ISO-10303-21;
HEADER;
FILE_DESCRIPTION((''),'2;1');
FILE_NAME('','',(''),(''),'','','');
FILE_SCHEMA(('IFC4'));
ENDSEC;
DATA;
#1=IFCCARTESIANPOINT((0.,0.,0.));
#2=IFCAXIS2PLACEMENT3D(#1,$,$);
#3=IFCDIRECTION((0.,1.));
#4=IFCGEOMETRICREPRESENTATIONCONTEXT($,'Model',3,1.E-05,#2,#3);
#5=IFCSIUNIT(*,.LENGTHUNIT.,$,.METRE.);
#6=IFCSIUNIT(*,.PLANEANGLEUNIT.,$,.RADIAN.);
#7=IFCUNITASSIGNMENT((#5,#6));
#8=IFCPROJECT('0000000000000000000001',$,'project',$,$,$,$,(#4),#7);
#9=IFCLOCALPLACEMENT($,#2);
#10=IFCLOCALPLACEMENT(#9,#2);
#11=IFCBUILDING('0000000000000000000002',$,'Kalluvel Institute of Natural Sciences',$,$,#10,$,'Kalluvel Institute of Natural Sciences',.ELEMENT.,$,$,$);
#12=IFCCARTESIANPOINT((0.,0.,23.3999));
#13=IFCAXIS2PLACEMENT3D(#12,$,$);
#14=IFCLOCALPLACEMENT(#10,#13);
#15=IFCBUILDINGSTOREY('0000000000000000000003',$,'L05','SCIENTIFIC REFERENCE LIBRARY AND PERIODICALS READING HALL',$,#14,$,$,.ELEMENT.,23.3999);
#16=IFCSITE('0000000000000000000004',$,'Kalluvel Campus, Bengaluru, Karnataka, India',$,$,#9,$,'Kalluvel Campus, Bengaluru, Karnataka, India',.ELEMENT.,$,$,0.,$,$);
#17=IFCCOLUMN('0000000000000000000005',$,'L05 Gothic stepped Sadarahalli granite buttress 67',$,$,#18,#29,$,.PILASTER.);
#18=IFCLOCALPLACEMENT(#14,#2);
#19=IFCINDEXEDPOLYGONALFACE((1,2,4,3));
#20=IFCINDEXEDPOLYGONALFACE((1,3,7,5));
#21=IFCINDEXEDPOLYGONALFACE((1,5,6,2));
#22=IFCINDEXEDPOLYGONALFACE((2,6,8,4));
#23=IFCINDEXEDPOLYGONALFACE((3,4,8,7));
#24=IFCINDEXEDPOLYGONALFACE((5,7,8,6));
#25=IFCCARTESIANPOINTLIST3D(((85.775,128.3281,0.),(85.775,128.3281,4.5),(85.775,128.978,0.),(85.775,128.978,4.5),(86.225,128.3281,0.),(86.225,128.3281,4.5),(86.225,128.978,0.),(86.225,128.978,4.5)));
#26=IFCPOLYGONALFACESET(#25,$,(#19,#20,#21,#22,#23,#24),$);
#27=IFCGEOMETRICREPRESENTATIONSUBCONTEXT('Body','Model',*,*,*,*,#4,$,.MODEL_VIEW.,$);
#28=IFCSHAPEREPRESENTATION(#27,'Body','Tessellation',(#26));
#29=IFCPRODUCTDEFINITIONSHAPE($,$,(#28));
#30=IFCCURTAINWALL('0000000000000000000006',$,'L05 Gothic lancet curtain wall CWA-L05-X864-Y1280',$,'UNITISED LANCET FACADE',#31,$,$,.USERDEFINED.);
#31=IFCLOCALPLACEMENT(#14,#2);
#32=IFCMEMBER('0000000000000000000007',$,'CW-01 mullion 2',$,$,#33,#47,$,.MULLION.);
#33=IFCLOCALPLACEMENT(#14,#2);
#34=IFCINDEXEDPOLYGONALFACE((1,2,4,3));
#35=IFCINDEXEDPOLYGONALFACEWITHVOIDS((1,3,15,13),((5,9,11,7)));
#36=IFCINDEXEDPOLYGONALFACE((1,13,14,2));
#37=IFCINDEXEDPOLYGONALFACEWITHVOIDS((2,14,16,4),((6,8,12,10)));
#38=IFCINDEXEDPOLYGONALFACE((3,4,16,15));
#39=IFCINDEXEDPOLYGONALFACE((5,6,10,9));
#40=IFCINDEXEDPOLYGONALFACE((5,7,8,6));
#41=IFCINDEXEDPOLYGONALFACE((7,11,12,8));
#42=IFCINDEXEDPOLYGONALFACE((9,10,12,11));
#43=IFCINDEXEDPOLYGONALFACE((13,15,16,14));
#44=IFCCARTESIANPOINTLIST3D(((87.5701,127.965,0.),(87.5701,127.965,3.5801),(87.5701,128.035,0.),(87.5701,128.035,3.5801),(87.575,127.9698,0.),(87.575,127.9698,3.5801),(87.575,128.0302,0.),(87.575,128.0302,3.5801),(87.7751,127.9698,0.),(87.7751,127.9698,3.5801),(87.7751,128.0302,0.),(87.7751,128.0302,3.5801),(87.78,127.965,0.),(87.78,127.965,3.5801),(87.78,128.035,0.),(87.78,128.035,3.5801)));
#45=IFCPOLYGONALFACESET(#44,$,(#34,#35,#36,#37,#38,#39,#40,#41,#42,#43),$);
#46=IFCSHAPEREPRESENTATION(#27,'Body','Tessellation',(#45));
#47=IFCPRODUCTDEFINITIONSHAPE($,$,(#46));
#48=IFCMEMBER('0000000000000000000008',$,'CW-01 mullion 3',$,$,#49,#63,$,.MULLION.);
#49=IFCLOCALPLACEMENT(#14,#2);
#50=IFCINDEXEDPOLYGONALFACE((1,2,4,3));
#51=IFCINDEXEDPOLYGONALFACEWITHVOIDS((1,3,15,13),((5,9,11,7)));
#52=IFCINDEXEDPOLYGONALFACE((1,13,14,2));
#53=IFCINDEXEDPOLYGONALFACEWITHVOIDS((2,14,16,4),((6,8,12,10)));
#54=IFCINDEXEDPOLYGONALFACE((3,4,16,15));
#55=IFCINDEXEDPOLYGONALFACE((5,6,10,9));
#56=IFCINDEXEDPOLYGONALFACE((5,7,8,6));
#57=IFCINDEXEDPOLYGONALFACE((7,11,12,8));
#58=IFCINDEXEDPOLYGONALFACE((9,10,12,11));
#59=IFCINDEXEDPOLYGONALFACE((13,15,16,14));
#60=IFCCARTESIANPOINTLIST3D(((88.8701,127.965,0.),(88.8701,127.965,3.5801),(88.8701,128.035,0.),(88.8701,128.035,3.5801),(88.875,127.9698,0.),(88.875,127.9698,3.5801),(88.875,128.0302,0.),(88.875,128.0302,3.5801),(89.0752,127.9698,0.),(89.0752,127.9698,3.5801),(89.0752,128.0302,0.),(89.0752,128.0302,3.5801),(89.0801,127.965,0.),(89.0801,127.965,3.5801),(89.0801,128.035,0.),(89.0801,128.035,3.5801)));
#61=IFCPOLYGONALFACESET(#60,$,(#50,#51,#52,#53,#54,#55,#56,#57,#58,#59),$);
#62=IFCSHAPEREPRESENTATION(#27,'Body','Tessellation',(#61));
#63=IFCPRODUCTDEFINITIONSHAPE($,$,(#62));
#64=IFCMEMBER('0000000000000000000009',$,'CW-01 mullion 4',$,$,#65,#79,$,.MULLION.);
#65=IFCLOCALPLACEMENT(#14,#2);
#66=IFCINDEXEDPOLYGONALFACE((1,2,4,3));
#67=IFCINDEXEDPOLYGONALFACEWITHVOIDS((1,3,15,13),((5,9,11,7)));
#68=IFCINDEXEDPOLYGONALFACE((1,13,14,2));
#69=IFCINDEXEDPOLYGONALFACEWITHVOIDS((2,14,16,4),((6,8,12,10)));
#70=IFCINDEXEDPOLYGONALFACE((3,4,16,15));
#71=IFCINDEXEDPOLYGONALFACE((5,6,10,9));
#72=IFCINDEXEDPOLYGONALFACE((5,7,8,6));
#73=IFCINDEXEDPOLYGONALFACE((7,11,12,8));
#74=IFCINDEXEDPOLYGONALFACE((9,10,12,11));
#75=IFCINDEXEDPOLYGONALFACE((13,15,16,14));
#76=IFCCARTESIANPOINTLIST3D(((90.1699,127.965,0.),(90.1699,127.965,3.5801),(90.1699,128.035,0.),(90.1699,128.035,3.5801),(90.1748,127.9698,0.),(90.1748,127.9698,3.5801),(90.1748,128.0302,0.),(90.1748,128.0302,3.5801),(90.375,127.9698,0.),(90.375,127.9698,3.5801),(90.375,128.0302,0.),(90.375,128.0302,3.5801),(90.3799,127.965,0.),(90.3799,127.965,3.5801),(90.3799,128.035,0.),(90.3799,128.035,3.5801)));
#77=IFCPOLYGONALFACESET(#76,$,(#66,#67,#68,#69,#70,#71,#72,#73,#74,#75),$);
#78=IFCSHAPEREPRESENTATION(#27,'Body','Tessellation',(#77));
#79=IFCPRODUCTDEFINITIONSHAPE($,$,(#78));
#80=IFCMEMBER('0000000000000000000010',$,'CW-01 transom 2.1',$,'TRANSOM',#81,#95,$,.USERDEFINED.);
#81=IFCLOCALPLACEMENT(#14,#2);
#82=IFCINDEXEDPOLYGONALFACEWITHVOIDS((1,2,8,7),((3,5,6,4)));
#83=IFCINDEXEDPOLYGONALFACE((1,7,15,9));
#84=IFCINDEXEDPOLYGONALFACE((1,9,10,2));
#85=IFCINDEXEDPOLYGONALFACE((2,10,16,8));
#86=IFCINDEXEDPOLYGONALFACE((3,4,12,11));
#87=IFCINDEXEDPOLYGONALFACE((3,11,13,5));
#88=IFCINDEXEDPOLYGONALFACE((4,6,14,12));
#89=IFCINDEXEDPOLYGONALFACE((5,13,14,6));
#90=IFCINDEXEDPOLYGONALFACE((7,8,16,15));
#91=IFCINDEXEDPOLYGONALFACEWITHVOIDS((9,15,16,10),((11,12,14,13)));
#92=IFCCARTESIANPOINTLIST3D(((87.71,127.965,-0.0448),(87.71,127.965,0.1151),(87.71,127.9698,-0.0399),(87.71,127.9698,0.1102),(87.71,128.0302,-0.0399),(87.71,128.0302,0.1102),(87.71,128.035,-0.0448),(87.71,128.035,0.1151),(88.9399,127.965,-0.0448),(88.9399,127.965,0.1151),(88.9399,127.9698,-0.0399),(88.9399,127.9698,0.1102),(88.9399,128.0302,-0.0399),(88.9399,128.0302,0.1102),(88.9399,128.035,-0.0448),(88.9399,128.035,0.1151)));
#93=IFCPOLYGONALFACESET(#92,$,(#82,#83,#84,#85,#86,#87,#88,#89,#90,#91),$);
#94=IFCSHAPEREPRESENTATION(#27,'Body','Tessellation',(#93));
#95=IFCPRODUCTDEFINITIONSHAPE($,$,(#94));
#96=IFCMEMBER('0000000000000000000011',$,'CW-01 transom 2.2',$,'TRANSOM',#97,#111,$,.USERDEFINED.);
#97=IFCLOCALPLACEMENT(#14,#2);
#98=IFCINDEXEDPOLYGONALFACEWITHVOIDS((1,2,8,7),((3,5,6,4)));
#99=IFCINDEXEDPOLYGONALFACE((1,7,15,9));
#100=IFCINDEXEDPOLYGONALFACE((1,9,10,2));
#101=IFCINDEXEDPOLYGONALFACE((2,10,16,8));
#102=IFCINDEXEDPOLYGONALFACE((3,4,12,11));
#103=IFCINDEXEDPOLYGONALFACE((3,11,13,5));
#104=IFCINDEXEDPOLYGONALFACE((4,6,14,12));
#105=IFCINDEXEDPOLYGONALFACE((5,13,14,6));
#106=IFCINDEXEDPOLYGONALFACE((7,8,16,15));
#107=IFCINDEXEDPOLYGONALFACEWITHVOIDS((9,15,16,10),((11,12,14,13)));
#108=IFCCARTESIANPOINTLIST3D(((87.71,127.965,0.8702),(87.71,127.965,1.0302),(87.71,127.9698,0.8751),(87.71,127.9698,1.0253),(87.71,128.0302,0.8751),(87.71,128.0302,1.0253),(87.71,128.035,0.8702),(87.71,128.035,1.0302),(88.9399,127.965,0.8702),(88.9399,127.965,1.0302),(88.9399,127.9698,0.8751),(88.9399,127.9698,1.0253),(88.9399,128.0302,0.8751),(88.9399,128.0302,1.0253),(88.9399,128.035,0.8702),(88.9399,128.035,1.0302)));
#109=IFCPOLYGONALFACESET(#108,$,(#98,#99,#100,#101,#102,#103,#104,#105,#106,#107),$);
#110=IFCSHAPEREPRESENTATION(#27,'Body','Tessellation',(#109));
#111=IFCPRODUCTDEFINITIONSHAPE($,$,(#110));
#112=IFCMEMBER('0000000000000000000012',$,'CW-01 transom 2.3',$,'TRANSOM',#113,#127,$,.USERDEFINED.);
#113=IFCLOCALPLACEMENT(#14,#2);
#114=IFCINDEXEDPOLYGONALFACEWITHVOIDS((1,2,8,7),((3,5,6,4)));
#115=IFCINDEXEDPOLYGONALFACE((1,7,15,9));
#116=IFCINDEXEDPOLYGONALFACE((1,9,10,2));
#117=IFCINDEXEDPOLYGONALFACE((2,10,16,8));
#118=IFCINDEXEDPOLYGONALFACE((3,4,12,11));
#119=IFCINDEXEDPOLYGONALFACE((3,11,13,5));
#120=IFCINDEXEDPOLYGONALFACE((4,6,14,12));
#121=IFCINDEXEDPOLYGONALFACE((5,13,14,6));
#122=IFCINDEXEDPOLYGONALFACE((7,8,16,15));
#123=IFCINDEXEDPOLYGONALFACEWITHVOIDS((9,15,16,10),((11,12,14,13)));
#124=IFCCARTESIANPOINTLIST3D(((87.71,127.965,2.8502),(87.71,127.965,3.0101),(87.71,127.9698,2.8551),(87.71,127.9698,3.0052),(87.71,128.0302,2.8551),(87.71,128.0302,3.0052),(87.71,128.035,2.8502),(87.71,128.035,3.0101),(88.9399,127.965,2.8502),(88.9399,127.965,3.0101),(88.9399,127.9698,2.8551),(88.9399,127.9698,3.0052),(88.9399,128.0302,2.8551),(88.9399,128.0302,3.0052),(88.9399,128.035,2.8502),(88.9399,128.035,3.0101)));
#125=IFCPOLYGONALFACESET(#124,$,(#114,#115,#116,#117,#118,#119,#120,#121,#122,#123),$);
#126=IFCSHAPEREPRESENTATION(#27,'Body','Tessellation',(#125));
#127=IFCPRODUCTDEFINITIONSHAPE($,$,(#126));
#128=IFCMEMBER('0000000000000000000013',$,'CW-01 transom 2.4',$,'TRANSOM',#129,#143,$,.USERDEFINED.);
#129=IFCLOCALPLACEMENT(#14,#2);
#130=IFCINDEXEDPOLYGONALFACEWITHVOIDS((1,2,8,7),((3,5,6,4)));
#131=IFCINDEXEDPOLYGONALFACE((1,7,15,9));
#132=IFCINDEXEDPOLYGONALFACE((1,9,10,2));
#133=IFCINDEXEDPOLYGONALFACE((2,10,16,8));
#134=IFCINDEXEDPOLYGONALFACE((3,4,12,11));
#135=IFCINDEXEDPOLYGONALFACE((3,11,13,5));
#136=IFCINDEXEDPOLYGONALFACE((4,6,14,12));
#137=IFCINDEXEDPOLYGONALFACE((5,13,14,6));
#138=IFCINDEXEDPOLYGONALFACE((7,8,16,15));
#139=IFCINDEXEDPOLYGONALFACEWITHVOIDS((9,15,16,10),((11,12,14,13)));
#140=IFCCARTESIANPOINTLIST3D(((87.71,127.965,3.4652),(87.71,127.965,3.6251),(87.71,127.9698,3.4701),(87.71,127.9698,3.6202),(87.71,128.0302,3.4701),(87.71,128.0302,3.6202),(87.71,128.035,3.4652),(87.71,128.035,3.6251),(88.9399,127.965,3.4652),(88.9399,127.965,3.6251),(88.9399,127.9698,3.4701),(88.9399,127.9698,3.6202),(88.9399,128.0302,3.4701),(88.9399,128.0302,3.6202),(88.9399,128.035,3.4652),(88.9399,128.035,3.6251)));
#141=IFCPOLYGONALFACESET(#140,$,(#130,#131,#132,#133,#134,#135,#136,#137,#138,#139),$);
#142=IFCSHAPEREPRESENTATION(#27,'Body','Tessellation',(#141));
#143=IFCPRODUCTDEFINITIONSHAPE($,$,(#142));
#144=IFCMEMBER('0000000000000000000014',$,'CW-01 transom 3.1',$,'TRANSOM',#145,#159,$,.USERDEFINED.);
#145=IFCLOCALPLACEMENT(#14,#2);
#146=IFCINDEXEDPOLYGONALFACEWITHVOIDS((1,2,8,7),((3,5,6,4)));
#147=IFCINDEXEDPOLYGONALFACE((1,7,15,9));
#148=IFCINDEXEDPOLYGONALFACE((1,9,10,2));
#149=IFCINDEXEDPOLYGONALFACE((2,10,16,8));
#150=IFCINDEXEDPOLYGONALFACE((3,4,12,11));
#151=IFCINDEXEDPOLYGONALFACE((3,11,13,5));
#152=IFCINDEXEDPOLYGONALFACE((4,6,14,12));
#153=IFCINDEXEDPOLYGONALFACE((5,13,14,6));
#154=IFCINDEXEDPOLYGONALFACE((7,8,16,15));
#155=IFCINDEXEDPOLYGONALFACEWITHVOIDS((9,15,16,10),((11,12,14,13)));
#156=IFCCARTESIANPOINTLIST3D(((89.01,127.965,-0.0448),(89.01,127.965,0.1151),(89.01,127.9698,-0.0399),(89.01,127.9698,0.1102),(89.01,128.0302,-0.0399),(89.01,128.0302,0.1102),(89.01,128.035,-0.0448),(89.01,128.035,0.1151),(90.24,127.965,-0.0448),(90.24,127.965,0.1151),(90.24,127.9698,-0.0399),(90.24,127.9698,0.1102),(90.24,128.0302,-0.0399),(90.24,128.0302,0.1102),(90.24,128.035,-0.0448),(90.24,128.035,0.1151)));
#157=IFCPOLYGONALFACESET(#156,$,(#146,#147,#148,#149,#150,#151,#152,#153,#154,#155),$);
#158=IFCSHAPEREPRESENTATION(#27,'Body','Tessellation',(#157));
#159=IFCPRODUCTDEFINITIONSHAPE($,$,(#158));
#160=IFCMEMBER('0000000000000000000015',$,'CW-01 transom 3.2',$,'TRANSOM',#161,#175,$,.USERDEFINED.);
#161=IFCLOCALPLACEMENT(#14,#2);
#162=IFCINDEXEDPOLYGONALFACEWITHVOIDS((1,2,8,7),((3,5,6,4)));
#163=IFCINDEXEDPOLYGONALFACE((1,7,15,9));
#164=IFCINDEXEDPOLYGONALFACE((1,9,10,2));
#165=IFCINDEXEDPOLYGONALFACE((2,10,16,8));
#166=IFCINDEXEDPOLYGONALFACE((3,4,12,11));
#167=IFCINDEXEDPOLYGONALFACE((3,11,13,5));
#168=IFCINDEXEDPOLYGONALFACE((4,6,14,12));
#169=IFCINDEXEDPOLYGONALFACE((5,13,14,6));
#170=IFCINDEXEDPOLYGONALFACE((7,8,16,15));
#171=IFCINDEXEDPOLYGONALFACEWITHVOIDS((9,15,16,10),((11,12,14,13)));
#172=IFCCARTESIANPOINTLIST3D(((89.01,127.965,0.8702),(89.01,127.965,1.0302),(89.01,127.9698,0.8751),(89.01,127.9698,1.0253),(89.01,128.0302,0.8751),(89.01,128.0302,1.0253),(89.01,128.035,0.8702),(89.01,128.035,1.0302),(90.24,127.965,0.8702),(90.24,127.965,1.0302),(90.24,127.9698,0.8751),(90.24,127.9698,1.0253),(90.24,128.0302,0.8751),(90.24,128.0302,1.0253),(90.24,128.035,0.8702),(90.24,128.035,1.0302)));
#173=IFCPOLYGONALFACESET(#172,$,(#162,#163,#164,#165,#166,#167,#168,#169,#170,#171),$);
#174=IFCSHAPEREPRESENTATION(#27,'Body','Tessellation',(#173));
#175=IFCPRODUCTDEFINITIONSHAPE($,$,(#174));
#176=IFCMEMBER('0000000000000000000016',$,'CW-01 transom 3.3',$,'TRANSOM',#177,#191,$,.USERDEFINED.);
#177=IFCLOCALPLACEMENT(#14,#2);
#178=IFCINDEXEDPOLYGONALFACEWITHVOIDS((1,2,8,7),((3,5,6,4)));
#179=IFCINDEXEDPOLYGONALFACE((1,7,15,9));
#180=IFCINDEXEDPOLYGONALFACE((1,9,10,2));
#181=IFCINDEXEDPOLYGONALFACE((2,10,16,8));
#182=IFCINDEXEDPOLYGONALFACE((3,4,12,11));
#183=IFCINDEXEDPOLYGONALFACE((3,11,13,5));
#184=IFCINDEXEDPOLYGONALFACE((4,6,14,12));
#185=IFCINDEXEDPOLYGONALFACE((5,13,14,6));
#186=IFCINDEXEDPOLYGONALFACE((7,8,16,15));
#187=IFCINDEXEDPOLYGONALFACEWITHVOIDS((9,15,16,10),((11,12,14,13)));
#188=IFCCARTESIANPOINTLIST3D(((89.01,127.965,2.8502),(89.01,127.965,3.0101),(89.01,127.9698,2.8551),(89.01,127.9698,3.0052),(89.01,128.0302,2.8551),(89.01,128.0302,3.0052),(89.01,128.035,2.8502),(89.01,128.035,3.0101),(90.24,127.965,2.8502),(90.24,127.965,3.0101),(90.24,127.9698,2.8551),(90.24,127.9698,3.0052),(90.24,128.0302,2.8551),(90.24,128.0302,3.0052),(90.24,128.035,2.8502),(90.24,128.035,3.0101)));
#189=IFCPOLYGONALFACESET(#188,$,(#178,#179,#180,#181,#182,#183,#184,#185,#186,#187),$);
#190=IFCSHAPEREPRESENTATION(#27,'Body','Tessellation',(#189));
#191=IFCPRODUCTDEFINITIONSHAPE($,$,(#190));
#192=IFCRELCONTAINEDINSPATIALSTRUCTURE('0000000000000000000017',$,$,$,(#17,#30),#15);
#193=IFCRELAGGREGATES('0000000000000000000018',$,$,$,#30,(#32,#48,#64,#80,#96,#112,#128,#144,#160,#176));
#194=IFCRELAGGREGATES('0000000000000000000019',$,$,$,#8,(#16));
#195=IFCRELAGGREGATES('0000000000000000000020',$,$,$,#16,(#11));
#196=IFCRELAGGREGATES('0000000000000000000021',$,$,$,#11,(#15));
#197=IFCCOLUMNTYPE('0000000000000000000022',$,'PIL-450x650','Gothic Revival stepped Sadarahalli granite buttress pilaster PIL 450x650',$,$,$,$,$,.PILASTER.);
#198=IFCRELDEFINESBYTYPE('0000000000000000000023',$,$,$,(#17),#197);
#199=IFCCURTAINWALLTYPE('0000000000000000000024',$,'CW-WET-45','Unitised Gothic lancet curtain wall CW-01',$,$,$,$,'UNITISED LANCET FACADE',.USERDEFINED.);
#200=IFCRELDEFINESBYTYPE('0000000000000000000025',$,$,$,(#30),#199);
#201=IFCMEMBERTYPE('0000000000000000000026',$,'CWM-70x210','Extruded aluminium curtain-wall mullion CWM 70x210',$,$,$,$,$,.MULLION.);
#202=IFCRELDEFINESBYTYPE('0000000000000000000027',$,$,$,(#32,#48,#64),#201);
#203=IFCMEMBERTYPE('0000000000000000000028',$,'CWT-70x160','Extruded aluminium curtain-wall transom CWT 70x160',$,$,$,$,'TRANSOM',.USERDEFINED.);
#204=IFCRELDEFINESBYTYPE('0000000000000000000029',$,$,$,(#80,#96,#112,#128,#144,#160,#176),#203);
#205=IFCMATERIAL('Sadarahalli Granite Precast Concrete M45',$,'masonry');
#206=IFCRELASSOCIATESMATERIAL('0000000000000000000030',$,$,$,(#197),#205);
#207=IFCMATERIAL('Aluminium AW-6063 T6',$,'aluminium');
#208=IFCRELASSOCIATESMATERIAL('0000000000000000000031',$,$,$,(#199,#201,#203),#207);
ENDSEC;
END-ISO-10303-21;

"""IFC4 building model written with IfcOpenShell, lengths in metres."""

from ifc_helpers import new_model, si_unit, direction, frame, origin, origin_2d, place, context, subcontext, project, spatial, rectangle, hollow_rectangle, extrude, material, material_profile, profile_set, type_object, element, aggregate, save


model = new_model("IFC4")

# Units and contexts
model_context = context("Model", 3, precision=1e-05, world=origin(), true_north=direction((0.0, 1.0)))
body_context = subcontext(model_context, "Body", "Model", "MODEL_VIEW")
ifc_project = project(units=[si_unit("LENGTHUNIT", "METRE"), si_unit("PLANEANGLEUNIT", "RADIAN")], contexts=[model_context])

# Site, building, storey
site_placement = place(None, origin())
site = spatial("IfcSite", under=ifc_project, at=site_placement, Name="Kalluvel Campus, Bengaluru, Karnataka, India", LongName="Kalluvel Campus, Bengaluru, Karnataka, India", CompositionType="ELEMENT", RefElevation=0.0)
building_placement = place(site_placement, origin())
building = spatial("IfcBuilding", under=site, at=building_placement, Name="Kalluvel Institute of Natural Sciences", LongName="Kalluvel Institute of Natural Sciences", CompositionType="ELEMENT")
storey_placement = place(building_placement, frame((0.0, 0.0, 23.3999)))
storey = spatial("IfcBuildingStorey", under=building, at=storey_placement, Name="L05", Description="SCIENTIFIC REFERENCE LIBRARY AND PERIODICALS READING HALL", CompositionType="ELEMENT", Elevation=23.3999)

# Column
ifc_material_1 = material(Name="Sadarahalli Granite Precast Concrete M45", Category="masonry")
ifc_material_profile_1 = material_profile(ifc_material_1, rectangle(XDim=0.45, YDim=0.6499, at=origin_2d()), Name="PIL 450x650")
ifc_profile_set_1 = profile_set([ifc_material_profile_1], Name="Sadarahalli Granite Precast Concrete M45")
column_type = type_object("IfcColumnType", Name="PIL-450x650", Description="Gothic Revival stepped Sadarahalli granite buttress pilaster PIL 450x650", PredefinedType="PILASTER", material=ifc_profile_set_1)
column_placement = place(storey_placement, frame((86.0, 128.6531, 0.0), z_axis=(0.0, 0.0, 1.0), x_axis=(1.0, 0.0, 0.0)))
element("IfcColumn", 1, at=column_placement, inside=storey, type_object=column_type, Name="L05 Gothic stepped Sadarahalli granite buttress 67", PredefinedType="PILASTER", context=body_context, shape_type="SweptSolid", body=[
    extrude(rectangle(XDim=0.45, YDim=0.6499, at=origin_2d()), origin(), (0.0, 0.0, 1.0), 4.5),
])

# Curtain wall, members
ifc_material_2 = material(Name="Aluminium AW-6063 T6", Category="aluminium")
curtain_wall_type = type_object("IfcCurtainWallType", Name="CW-WET-45", Description="Unitised Gothic lancet curtain wall CW-01", ElementType="UNITISED LANCET FACADE", PredefinedType="USERDEFINED", material=ifc_material_2)
curtain_wall_placement = place(storey_placement, origin())
curtain_wall = element("IfcCurtainWall", 2, at=curtain_wall_placement, inside=storey, type_object=curtain_wall_type, Name="L05 Gothic lancet curtain wall CWA-L05-X864-Y1280", ObjectType="UNITISED LANCET FACADE", PredefinedType="USERDEFINED")
ifc_material_profile_2 = material_profile(ifc_material_2, hollow_rectangle(XDim=0.0701, YDim=0.21, WallThickness=0.0049, at=origin_2d()), Name="CWM 70x210")
ifc_profile_set_2 = profile_set([ifc_material_profile_2], Name="Aluminium AW-6063 T6")
member_type_1 = type_object("IfcMemberType", Name="CWM-70x210", Description="Extruded aluminium curtain-wall mullion CWM 70x210", PredefinedType="MULLION", material=ifc_profile_set_2)
member_1_placement = place(storey_placement, frame((87.675, 128.0, 0.0), z_axis=(0.0, 0.0, 1.0), x_axis=(0.0, 1.0, 0.0)))
member_1 = element("IfcMember", 3, at=member_1_placement, type_object=member_type_1, Name="CW-01 mullion 2", PredefinedType="MULLION", context=body_context, shape_type="SweptSolid", body=[
    extrude(hollow_rectangle(XDim=0.0701, YDim=0.21, WallThickness=0.0049, at=origin_2d()), origin(), (0.0, 0.0, 1.0), 3.5801),
])
member_2_placement = place(storey_placement, frame((88.9751, 128.0, 0.0), z_axis=(0.0, 0.0, 1.0), x_axis=(0.0, 1.0, 0.0)))
member_2 = element("IfcMember", 4, at=member_2_placement, type_object=member_type_1, Name="CW-01 mullion 3", PredefinedType="MULLION", context=body_context, shape_type="SweptSolid", body=[
    extrude(hollow_rectangle(XDim=0.0701, YDim=0.21, WallThickness=0.0049, at=origin_2d()), origin(), (0.0, 0.0, 1.0), 3.5801),
])
member_3_placement = place(storey_placement, frame((90.2749, 128.0, 0.0), z_axis=(0.0, 0.0, 1.0), x_axis=(0.0, 1.0, 0.0)))
member_3 = element("IfcMember", 5, at=member_3_placement, type_object=member_type_1, Name="CW-01 mullion 4", PredefinedType="MULLION", context=body_context, shape_type="SweptSolid", body=[
    extrude(hollow_rectangle(XDim=0.0701, YDim=0.21, WallThickness=0.0049, at=origin_2d()), origin(), (0.0, 0.0, 1.0), 3.5801),
])
ifc_material_profile_3 = material_profile(ifc_material_2, hollow_rectangle(XDim=0.0701, YDim=0.1599, WallThickness=0.0049, at=origin_2d()), Name="CWT 70x160")
ifc_profile_set_3 = profile_set([ifc_material_profile_3], Name="Aluminium AW-6063 T6")
member_type_2 = type_object("IfcMemberType", Name="CWT-70x160", Description="Extruded aluminium curtain-wall transom CWT 70x160", ElementType="TRANSOM", PredefinedType="USERDEFINED", material=ifc_profile_set_3)
member_4_placement = place(storey_placement, frame((87.71, 128.0, 0.0352), z_axis=(1.0, 0.0, 0.0), x_axis=(0.0, 1.0, 0.0)))
member_4 = element("IfcMember", 6, at=member_4_placement, type_object=member_type_2, Name="CW-01 transom 2.1", ObjectType="TRANSOM", PredefinedType="USERDEFINED", context=body_context, shape_type="SweptSolid", body=[
    extrude(hollow_rectangle(XDim=0.0701, YDim=0.1599, WallThickness=0.0049, at=origin_2d()), origin(), (0.0, 0.0, 1.0), 1.23),
])
member_5_placement = place(storey_placement, frame((87.71, 128.0, 0.9502), z_axis=(1.0, 0.0, 0.0), x_axis=(0.0, 1.0, 0.0)))
member_5 = element("IfcMember", 7, at=member_5_placement, type_object=member_type_2, Name="CW-01 transom 2.2", ObjectType="TRANSOM", PredefinedType="USERDEFINED", context=body_context, shape_type="SweptSolid", body=[
    extrude(hollow_rectangle(XDim=0.0701, YDim=0.1599, WallThickness=0.0049, at=origin_2d()), origin(), (0.0, 0.0, 1.0), 1.23),
])
member_6_placement = place(storey_placement, frame((87.71, 128.0, 2.9302), z_axis=(1.0, 0.0, 0.0), x_axis=(0.0, 1.0, 0.0)))
member_6 = element("IfcMember", 8, at=member_6_placement, type_object=member_type_2, Name="CW-01 transom 2.3", ObjectType="TRANSOM", PredefinedType="USERDEFINED", context=body_context, shape_type="SweptSolid", body=[
    extrude(hollow_rectangle(XDim=0.0701, YDim=0.1599, WallThickness=0.0049, at=origin_2d()), origin(), (0.0, 0.0, 1.0), 1.23),
])
member_7_placement = place(storey_placement, frame((87.71, 128.0, 3.5452), z_axis=(1.0, 0.0, 0.0), x_axis=(0.0, 1.0, 0.0)))
member_7 = element("IfcMember", 9, at=member_7_placement, type_object=member_type_2, Name="CW-01 transom 2.4", ObjectType="TRANSOM", PredefinedType="USERDEFINED", context=body_context, shape_type="SweptSolid", body=[
    extrude(hollow_rectangle(XDim=0.0701, YDim=0.1599, WallThickness=0.0049, at=origin_2d()), origin(), (0.0, 0.0, 1.0), 1.23),
])
member_8_placement = place(storey_placement, frame((89.01, 128.0, 0.0352), z_axis=(1.0, 0.0, 0.0), x_axis=(0.0, 1.0, 0.0)))
member_8 = element("IfcMember", 10, at=member_8_placement, type_object=member_type_2, Name="CW-01 transom 3.1", ObjectType="TRANSOM", PredefinedType="USERDEFINED", context=body_context, shape_type="SweptSolid", body=[
    extrude(hollow_rectangle(XDim=0.0701, YDim=0.1599, WallThickness=0.0049, at=origin_2d()), origin(), (0.0, 0.0, 1.0), 1.23),
])
member_9_placement = place(storey_placement, frame((89.01, 128.0, 0.9502), z_axis=(1.0, 0.0, 0.0), x_axis=(0.0, 1.0, 0.0)))
member_9 = element("IfcMember", 11, at=member_9_placement, type_object=member_type_2, Name="CW-01 transom 3.2", ObjectType="TRANSOM", PredefinedType="USERDEFINED", context=body_context, shape_type="SweptSolid", body=[
    extrude(hollow_rectangle(XDim=0.0701, YDim=0.1599, WallThickness=0.0049, at=origin_2d()), origin(), (0.0, 0.0, 1.0), 1.23),
])
member_10_placement = place(storey_placement, frame((89.01, 128.0, 2.9302), z_axis=(1.0, 0.0, 0.0), x_axis=(0.0, 1.0, 0.0)))
member_10 = element("IfcMember", 12, at=member_10_placement, type_object=member_type_2, Name="CW-01 transom 3.3", ObjectType="TRANSOM", PredefinedType="USERDEFINED", context=body_context, shape_type="SweptSolid", body=[
    extrude(hollow_rectangle(XDim=0.0701, YDim=0.1599, WallThickness=0.0049, at=origin_2d()), origin(), (0.0, 0.0, 1.0), 1.23),
])
aggregate(curtain_wall, [member_1, member_2, member_3, member_4, member_5, member_6, member_7, member_8, member_9, member_10])

save(model, "model.ifc")
